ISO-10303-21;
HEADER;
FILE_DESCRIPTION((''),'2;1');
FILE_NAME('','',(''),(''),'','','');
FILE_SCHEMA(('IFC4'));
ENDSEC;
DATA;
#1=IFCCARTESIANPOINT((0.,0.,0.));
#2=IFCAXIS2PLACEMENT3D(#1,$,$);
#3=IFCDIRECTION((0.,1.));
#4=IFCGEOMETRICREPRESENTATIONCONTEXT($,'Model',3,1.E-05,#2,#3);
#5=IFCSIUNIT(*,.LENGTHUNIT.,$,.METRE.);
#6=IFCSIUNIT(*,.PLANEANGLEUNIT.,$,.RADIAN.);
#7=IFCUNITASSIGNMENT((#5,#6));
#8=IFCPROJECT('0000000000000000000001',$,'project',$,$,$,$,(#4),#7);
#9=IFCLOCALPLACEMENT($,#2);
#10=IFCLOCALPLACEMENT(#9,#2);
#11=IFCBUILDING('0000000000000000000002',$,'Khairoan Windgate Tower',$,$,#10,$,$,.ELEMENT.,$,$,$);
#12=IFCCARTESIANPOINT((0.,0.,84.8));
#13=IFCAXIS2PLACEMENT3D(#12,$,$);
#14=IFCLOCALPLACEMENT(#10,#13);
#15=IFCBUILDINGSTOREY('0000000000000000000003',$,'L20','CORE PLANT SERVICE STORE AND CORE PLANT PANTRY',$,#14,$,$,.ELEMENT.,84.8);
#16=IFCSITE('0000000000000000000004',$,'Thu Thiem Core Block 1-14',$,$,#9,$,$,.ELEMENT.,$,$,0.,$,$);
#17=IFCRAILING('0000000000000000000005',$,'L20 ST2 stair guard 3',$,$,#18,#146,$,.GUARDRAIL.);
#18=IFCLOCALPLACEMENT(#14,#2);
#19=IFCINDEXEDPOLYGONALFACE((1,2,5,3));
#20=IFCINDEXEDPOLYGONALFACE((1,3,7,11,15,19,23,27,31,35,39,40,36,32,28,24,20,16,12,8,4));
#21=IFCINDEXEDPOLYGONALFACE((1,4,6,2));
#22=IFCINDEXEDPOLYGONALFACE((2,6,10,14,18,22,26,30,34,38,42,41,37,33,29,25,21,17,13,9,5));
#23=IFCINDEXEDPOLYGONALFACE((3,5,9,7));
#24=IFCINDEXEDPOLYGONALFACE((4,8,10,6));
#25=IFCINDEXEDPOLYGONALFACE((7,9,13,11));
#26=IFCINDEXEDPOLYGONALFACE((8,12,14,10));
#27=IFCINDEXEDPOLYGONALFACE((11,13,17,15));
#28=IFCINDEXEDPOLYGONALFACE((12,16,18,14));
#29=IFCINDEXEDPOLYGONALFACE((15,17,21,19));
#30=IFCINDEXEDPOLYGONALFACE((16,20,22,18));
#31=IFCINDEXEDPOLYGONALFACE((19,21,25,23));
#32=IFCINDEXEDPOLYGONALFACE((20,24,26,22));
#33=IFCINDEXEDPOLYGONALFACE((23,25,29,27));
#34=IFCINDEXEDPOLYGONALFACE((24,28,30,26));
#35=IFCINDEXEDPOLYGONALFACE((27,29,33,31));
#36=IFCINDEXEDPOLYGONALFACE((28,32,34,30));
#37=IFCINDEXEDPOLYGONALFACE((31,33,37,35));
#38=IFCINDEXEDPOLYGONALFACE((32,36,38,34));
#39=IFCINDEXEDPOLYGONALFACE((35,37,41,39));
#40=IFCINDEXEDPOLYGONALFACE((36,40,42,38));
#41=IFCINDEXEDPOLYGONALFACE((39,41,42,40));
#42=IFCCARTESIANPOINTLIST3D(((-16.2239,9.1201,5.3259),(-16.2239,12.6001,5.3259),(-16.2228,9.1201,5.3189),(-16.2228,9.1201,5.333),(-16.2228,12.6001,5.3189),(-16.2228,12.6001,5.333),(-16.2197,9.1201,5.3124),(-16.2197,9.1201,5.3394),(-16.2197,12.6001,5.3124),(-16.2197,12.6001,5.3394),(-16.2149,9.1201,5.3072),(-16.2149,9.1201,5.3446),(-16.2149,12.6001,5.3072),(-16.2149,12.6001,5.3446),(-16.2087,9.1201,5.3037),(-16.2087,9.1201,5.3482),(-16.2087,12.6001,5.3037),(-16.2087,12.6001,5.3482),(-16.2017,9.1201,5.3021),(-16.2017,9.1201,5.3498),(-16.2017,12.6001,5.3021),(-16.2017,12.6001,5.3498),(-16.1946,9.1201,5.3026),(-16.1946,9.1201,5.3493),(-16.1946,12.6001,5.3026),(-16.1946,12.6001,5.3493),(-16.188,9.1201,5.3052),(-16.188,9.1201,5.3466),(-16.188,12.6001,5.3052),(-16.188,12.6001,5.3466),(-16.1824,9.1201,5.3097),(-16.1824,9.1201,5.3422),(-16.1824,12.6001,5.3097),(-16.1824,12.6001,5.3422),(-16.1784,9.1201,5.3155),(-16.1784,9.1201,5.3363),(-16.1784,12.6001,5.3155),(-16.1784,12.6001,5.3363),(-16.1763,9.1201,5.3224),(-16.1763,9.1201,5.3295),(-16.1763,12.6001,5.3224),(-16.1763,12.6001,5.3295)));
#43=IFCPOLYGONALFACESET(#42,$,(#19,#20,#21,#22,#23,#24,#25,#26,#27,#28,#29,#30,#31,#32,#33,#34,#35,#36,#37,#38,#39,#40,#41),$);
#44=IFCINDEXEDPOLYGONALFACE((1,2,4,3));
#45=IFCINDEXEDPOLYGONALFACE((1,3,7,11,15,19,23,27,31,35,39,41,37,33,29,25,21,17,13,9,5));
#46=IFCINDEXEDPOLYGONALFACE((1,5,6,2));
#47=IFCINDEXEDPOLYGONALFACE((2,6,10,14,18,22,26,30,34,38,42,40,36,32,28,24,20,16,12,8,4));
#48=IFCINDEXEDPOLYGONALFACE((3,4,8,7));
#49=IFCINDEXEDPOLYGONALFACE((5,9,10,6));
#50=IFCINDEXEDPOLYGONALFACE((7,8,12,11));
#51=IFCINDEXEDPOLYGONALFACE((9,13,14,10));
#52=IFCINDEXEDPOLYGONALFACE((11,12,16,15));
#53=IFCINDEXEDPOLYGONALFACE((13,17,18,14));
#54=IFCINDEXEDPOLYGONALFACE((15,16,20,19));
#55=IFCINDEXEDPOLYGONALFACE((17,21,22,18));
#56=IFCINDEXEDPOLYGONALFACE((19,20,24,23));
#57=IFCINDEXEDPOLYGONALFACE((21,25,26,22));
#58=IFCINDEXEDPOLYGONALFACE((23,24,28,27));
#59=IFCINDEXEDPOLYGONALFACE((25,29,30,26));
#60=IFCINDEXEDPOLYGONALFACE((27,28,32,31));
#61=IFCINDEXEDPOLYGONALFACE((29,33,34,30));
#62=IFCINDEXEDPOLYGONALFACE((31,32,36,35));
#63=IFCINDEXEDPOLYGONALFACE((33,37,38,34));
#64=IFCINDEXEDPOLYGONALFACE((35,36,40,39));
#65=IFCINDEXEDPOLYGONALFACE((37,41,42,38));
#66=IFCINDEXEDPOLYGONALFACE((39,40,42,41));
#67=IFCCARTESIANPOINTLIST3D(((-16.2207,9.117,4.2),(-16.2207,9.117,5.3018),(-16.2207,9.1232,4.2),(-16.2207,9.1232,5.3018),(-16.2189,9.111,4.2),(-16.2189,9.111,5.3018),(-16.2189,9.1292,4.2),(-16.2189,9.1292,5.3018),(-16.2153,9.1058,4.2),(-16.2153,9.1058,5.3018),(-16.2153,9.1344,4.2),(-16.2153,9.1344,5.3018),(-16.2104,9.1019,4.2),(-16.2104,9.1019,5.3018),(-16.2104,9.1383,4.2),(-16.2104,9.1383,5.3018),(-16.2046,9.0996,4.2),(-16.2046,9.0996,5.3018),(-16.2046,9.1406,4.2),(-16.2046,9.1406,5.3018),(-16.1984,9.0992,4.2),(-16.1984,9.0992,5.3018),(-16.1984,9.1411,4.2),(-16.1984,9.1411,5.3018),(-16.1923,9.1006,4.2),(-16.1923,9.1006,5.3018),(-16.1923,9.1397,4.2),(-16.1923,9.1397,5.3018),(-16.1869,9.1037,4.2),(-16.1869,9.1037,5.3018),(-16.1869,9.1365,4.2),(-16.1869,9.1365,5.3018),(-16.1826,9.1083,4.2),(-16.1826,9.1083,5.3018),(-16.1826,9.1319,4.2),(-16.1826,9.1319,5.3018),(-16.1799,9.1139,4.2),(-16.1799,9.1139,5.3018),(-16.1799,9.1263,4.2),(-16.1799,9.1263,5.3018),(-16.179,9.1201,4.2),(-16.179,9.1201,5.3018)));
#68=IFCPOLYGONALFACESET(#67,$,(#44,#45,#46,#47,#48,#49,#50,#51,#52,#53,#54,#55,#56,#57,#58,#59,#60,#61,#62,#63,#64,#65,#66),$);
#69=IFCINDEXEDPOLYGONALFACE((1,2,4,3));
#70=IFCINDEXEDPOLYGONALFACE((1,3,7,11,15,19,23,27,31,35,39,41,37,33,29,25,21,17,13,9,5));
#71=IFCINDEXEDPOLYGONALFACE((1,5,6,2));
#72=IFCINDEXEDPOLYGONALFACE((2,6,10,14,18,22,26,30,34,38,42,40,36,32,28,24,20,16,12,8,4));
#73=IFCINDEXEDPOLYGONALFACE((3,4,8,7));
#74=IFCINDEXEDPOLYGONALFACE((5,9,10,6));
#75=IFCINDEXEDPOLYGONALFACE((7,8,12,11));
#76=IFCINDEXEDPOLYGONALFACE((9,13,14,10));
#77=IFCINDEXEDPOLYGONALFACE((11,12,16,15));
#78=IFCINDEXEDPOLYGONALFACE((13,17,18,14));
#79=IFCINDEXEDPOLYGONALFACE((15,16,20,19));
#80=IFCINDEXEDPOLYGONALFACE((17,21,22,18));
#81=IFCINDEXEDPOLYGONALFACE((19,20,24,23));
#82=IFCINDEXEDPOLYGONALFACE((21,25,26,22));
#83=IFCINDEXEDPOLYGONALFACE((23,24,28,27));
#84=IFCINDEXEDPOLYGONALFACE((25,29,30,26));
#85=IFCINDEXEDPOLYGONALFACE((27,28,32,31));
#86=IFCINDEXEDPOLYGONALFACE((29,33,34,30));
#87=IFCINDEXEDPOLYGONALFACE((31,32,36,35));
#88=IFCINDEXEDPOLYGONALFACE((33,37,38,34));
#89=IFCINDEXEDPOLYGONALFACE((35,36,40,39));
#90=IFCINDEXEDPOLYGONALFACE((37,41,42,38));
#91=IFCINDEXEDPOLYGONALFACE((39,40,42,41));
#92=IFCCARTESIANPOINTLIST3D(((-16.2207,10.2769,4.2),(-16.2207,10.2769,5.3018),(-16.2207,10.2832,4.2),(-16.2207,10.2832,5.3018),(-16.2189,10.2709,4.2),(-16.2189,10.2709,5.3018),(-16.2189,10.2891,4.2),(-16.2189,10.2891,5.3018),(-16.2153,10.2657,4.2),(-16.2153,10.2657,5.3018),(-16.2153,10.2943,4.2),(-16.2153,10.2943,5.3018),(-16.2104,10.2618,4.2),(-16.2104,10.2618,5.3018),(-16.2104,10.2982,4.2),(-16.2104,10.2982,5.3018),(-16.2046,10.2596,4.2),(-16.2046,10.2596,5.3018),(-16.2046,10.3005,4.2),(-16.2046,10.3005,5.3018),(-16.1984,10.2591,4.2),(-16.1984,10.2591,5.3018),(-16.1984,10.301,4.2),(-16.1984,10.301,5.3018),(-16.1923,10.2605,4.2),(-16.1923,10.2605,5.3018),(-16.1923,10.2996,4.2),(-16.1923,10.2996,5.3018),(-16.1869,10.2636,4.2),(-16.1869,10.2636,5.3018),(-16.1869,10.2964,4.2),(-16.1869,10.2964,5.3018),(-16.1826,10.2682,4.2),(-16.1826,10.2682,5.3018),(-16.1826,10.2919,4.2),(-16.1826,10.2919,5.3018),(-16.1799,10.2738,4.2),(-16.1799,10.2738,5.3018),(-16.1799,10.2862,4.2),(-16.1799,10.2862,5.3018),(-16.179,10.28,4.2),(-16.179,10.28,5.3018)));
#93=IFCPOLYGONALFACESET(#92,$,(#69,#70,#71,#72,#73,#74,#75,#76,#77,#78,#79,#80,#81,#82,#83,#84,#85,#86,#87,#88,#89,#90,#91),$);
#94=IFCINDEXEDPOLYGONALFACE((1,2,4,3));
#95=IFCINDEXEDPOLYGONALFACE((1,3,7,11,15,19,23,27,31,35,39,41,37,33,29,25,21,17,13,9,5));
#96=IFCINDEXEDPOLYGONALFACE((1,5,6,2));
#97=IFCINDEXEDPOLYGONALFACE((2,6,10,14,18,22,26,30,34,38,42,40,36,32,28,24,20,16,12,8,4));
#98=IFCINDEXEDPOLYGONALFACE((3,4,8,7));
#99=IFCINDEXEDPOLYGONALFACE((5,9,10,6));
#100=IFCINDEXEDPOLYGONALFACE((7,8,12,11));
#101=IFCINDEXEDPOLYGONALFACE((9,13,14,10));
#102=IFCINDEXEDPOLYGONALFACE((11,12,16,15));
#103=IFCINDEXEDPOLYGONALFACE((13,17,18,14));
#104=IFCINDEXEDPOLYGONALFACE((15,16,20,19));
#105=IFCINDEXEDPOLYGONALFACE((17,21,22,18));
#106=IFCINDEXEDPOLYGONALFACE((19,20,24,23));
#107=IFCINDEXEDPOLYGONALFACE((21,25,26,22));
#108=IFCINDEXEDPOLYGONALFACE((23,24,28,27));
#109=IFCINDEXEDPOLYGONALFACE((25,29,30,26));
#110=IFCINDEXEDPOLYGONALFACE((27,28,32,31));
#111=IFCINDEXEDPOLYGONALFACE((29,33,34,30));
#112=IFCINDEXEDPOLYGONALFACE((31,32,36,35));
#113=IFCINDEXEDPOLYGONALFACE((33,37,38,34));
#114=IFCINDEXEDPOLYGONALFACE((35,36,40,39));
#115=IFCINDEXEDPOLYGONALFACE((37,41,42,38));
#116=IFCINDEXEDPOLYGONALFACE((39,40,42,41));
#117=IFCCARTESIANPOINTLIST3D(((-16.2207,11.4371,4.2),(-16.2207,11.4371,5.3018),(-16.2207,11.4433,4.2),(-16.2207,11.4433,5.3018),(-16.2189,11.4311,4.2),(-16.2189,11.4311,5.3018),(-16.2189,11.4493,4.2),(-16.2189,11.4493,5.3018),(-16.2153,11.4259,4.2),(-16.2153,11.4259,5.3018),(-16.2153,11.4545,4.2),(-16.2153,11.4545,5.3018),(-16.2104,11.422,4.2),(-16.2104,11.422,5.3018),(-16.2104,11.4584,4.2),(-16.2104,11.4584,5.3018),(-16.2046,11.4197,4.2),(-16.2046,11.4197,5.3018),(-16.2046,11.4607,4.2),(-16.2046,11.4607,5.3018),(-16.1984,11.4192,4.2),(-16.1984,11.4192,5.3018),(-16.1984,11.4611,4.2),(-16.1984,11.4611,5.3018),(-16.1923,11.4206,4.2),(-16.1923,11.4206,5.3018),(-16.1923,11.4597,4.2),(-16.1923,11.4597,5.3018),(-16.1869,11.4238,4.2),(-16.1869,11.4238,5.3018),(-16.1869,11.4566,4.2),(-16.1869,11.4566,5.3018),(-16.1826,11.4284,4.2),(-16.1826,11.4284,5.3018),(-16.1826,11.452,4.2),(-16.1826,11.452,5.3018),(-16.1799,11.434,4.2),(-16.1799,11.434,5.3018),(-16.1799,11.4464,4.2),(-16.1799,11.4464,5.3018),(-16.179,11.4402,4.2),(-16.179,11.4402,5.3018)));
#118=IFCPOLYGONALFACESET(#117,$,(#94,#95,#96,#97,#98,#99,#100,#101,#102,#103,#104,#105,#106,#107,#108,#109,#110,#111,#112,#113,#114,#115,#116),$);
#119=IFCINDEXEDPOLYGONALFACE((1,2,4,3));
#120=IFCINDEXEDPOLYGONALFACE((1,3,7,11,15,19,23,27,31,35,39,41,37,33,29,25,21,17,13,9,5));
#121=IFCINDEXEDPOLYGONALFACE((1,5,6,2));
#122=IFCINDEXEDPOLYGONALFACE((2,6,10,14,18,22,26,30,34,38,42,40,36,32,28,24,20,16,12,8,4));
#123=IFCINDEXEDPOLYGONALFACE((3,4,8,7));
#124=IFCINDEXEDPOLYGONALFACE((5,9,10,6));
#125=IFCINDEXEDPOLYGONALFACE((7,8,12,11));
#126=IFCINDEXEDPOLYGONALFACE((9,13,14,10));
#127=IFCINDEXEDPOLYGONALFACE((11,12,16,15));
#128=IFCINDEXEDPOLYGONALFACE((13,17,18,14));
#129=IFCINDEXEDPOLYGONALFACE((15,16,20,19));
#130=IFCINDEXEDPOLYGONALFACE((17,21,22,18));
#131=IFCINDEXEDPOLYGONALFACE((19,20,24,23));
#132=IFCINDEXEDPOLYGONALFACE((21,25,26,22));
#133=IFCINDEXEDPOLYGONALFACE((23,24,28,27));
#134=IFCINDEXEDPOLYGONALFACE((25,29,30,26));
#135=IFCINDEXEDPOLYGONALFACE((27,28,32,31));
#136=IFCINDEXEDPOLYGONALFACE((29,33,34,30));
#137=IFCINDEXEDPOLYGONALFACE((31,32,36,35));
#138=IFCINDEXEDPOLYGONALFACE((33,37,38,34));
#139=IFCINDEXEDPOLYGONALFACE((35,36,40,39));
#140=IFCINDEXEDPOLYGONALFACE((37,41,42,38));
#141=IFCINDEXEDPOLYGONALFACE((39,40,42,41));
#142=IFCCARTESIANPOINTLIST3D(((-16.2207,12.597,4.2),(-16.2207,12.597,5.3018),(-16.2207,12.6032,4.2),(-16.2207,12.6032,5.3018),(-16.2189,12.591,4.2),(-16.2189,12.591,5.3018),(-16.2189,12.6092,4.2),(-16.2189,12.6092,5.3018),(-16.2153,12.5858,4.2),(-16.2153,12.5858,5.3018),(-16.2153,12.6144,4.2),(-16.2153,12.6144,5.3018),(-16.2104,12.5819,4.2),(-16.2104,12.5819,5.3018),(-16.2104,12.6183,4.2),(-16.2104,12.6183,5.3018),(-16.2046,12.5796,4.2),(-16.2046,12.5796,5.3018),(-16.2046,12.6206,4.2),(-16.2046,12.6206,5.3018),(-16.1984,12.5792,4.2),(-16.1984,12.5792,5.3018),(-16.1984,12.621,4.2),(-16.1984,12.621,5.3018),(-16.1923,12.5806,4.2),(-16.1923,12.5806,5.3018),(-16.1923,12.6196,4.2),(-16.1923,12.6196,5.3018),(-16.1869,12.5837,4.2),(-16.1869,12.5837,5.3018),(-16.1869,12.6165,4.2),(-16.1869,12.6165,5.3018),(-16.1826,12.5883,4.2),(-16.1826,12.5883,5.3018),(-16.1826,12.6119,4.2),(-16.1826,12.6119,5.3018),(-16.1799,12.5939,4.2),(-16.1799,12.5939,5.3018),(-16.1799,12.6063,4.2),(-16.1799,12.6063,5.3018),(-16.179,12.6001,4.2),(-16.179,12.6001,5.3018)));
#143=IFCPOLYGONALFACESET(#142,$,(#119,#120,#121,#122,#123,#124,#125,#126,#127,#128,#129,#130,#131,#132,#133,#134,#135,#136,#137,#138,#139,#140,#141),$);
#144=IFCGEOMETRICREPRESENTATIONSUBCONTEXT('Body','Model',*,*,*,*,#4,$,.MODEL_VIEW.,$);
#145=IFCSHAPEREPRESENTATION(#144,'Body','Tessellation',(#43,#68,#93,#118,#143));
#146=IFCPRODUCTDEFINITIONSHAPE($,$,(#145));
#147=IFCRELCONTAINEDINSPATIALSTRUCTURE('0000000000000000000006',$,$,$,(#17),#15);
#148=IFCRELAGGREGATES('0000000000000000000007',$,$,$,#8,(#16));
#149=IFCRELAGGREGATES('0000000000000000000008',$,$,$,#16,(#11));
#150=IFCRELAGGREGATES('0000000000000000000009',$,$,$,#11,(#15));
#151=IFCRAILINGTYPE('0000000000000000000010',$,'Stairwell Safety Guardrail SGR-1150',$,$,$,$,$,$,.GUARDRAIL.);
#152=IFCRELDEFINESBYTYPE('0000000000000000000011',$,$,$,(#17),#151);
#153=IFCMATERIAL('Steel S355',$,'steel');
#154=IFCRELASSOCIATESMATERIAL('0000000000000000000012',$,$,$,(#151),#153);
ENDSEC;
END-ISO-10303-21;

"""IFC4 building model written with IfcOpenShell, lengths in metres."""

from ifc_helpers import new_model, si_unit, direction, frame, origin, origin_2d, place, context, subcontext, project, spatial, circle, extrude, material, type_object, element, save


model = new_model("IFC4")

# Units and contexts
model_context = context("Model", 3, precision=1e-05, world=origin(), true_north=direction((0.0, 1.0)))
body_context = subcontext(model_context, "Body", "Model", "MODEL_VIEW")
ifc_project = project(units=[si_unit("LENGTHUNIT", "METRE"), si_unit("PLANEANGLEUNIT", "RADIAN")], contexts=[model_context])

# Site, building, storey
site_placement = place(None, origin())
site = spatial("IfcSite", under=ifc_project, at=site_placement, Name="Thu Thiem Core Block 1-14", CompositionType="ELEMENT", RefElevation=0.0)
building_placement = place(site_placement, origin())
building = spatial("IfcBuilding", under=site, at=building_placement, Name="Khairoan Windgate Tower", CompositionType="ELEMENT")
storey_placement = place(building_placement, frame((0.0, 0.0, 84.8)))
storey = spatial("IfcBuildingStorey", under=building, at=storey_placement, Name="L20", Description="CORE PLANT SERVICE STORE AND CORE PLANT PANTRY", CompositionType="ELEMENT", Elevation=84.8)

# Railing
ifc_material_1 = material(Name="Steel S355", Category="steel")
railing_type_1 = type_object("IfcRailingType", Name="Stairwell Safety Guardrail SGR-1150", PredefinedType="GUARDRAIL", material=ifc_material_1)
for number, where, name in (
    (1, (-16.2, 9.1201, 4.2), "L20 ST2 stair guard 3"),
):
    element("IfcRailing", number, at=place(storey_placement, frame(where)), inside=storey, type_object=railing_type_1, Name=name, PredefinedType="GUARDRAIL", context=body_context, shape_type="SweptSolid", body=[
        extrude(circle(Radius=0.0239, at=origin_2d()), frame((0.0, 0.0, 1.126), z_axis=(0.0, 1.0, 0.0), x_axis=(-1.0, 0.0, 0.0)), (0.0, 0.0, 1.0), 3.48),
        extrude(circle(Radius=0.021, at=origin_2d()), origin(), (0.0, 0.0, 1.0), 1.1018),
        extrude(circle(Radius=0.021, at=origin_2d()), frame((0.0, 1.1599, 0.0)), (0.0, 0.0, 1.0), 1.1018),
        extrude(circle(Radius=0.021, at=origin_2d()), frame((0.0, 2.3201, 0.0)), (0.0, 0.0, 1.0), 1.1018),
        extrude(circle(Radius=0.021, at=origin_2d()), frame((0.0, 3.48, 0.0)), (0.0, 0.0, 1.0), 1.1018),
    ])

save(model, "model.ifc")
